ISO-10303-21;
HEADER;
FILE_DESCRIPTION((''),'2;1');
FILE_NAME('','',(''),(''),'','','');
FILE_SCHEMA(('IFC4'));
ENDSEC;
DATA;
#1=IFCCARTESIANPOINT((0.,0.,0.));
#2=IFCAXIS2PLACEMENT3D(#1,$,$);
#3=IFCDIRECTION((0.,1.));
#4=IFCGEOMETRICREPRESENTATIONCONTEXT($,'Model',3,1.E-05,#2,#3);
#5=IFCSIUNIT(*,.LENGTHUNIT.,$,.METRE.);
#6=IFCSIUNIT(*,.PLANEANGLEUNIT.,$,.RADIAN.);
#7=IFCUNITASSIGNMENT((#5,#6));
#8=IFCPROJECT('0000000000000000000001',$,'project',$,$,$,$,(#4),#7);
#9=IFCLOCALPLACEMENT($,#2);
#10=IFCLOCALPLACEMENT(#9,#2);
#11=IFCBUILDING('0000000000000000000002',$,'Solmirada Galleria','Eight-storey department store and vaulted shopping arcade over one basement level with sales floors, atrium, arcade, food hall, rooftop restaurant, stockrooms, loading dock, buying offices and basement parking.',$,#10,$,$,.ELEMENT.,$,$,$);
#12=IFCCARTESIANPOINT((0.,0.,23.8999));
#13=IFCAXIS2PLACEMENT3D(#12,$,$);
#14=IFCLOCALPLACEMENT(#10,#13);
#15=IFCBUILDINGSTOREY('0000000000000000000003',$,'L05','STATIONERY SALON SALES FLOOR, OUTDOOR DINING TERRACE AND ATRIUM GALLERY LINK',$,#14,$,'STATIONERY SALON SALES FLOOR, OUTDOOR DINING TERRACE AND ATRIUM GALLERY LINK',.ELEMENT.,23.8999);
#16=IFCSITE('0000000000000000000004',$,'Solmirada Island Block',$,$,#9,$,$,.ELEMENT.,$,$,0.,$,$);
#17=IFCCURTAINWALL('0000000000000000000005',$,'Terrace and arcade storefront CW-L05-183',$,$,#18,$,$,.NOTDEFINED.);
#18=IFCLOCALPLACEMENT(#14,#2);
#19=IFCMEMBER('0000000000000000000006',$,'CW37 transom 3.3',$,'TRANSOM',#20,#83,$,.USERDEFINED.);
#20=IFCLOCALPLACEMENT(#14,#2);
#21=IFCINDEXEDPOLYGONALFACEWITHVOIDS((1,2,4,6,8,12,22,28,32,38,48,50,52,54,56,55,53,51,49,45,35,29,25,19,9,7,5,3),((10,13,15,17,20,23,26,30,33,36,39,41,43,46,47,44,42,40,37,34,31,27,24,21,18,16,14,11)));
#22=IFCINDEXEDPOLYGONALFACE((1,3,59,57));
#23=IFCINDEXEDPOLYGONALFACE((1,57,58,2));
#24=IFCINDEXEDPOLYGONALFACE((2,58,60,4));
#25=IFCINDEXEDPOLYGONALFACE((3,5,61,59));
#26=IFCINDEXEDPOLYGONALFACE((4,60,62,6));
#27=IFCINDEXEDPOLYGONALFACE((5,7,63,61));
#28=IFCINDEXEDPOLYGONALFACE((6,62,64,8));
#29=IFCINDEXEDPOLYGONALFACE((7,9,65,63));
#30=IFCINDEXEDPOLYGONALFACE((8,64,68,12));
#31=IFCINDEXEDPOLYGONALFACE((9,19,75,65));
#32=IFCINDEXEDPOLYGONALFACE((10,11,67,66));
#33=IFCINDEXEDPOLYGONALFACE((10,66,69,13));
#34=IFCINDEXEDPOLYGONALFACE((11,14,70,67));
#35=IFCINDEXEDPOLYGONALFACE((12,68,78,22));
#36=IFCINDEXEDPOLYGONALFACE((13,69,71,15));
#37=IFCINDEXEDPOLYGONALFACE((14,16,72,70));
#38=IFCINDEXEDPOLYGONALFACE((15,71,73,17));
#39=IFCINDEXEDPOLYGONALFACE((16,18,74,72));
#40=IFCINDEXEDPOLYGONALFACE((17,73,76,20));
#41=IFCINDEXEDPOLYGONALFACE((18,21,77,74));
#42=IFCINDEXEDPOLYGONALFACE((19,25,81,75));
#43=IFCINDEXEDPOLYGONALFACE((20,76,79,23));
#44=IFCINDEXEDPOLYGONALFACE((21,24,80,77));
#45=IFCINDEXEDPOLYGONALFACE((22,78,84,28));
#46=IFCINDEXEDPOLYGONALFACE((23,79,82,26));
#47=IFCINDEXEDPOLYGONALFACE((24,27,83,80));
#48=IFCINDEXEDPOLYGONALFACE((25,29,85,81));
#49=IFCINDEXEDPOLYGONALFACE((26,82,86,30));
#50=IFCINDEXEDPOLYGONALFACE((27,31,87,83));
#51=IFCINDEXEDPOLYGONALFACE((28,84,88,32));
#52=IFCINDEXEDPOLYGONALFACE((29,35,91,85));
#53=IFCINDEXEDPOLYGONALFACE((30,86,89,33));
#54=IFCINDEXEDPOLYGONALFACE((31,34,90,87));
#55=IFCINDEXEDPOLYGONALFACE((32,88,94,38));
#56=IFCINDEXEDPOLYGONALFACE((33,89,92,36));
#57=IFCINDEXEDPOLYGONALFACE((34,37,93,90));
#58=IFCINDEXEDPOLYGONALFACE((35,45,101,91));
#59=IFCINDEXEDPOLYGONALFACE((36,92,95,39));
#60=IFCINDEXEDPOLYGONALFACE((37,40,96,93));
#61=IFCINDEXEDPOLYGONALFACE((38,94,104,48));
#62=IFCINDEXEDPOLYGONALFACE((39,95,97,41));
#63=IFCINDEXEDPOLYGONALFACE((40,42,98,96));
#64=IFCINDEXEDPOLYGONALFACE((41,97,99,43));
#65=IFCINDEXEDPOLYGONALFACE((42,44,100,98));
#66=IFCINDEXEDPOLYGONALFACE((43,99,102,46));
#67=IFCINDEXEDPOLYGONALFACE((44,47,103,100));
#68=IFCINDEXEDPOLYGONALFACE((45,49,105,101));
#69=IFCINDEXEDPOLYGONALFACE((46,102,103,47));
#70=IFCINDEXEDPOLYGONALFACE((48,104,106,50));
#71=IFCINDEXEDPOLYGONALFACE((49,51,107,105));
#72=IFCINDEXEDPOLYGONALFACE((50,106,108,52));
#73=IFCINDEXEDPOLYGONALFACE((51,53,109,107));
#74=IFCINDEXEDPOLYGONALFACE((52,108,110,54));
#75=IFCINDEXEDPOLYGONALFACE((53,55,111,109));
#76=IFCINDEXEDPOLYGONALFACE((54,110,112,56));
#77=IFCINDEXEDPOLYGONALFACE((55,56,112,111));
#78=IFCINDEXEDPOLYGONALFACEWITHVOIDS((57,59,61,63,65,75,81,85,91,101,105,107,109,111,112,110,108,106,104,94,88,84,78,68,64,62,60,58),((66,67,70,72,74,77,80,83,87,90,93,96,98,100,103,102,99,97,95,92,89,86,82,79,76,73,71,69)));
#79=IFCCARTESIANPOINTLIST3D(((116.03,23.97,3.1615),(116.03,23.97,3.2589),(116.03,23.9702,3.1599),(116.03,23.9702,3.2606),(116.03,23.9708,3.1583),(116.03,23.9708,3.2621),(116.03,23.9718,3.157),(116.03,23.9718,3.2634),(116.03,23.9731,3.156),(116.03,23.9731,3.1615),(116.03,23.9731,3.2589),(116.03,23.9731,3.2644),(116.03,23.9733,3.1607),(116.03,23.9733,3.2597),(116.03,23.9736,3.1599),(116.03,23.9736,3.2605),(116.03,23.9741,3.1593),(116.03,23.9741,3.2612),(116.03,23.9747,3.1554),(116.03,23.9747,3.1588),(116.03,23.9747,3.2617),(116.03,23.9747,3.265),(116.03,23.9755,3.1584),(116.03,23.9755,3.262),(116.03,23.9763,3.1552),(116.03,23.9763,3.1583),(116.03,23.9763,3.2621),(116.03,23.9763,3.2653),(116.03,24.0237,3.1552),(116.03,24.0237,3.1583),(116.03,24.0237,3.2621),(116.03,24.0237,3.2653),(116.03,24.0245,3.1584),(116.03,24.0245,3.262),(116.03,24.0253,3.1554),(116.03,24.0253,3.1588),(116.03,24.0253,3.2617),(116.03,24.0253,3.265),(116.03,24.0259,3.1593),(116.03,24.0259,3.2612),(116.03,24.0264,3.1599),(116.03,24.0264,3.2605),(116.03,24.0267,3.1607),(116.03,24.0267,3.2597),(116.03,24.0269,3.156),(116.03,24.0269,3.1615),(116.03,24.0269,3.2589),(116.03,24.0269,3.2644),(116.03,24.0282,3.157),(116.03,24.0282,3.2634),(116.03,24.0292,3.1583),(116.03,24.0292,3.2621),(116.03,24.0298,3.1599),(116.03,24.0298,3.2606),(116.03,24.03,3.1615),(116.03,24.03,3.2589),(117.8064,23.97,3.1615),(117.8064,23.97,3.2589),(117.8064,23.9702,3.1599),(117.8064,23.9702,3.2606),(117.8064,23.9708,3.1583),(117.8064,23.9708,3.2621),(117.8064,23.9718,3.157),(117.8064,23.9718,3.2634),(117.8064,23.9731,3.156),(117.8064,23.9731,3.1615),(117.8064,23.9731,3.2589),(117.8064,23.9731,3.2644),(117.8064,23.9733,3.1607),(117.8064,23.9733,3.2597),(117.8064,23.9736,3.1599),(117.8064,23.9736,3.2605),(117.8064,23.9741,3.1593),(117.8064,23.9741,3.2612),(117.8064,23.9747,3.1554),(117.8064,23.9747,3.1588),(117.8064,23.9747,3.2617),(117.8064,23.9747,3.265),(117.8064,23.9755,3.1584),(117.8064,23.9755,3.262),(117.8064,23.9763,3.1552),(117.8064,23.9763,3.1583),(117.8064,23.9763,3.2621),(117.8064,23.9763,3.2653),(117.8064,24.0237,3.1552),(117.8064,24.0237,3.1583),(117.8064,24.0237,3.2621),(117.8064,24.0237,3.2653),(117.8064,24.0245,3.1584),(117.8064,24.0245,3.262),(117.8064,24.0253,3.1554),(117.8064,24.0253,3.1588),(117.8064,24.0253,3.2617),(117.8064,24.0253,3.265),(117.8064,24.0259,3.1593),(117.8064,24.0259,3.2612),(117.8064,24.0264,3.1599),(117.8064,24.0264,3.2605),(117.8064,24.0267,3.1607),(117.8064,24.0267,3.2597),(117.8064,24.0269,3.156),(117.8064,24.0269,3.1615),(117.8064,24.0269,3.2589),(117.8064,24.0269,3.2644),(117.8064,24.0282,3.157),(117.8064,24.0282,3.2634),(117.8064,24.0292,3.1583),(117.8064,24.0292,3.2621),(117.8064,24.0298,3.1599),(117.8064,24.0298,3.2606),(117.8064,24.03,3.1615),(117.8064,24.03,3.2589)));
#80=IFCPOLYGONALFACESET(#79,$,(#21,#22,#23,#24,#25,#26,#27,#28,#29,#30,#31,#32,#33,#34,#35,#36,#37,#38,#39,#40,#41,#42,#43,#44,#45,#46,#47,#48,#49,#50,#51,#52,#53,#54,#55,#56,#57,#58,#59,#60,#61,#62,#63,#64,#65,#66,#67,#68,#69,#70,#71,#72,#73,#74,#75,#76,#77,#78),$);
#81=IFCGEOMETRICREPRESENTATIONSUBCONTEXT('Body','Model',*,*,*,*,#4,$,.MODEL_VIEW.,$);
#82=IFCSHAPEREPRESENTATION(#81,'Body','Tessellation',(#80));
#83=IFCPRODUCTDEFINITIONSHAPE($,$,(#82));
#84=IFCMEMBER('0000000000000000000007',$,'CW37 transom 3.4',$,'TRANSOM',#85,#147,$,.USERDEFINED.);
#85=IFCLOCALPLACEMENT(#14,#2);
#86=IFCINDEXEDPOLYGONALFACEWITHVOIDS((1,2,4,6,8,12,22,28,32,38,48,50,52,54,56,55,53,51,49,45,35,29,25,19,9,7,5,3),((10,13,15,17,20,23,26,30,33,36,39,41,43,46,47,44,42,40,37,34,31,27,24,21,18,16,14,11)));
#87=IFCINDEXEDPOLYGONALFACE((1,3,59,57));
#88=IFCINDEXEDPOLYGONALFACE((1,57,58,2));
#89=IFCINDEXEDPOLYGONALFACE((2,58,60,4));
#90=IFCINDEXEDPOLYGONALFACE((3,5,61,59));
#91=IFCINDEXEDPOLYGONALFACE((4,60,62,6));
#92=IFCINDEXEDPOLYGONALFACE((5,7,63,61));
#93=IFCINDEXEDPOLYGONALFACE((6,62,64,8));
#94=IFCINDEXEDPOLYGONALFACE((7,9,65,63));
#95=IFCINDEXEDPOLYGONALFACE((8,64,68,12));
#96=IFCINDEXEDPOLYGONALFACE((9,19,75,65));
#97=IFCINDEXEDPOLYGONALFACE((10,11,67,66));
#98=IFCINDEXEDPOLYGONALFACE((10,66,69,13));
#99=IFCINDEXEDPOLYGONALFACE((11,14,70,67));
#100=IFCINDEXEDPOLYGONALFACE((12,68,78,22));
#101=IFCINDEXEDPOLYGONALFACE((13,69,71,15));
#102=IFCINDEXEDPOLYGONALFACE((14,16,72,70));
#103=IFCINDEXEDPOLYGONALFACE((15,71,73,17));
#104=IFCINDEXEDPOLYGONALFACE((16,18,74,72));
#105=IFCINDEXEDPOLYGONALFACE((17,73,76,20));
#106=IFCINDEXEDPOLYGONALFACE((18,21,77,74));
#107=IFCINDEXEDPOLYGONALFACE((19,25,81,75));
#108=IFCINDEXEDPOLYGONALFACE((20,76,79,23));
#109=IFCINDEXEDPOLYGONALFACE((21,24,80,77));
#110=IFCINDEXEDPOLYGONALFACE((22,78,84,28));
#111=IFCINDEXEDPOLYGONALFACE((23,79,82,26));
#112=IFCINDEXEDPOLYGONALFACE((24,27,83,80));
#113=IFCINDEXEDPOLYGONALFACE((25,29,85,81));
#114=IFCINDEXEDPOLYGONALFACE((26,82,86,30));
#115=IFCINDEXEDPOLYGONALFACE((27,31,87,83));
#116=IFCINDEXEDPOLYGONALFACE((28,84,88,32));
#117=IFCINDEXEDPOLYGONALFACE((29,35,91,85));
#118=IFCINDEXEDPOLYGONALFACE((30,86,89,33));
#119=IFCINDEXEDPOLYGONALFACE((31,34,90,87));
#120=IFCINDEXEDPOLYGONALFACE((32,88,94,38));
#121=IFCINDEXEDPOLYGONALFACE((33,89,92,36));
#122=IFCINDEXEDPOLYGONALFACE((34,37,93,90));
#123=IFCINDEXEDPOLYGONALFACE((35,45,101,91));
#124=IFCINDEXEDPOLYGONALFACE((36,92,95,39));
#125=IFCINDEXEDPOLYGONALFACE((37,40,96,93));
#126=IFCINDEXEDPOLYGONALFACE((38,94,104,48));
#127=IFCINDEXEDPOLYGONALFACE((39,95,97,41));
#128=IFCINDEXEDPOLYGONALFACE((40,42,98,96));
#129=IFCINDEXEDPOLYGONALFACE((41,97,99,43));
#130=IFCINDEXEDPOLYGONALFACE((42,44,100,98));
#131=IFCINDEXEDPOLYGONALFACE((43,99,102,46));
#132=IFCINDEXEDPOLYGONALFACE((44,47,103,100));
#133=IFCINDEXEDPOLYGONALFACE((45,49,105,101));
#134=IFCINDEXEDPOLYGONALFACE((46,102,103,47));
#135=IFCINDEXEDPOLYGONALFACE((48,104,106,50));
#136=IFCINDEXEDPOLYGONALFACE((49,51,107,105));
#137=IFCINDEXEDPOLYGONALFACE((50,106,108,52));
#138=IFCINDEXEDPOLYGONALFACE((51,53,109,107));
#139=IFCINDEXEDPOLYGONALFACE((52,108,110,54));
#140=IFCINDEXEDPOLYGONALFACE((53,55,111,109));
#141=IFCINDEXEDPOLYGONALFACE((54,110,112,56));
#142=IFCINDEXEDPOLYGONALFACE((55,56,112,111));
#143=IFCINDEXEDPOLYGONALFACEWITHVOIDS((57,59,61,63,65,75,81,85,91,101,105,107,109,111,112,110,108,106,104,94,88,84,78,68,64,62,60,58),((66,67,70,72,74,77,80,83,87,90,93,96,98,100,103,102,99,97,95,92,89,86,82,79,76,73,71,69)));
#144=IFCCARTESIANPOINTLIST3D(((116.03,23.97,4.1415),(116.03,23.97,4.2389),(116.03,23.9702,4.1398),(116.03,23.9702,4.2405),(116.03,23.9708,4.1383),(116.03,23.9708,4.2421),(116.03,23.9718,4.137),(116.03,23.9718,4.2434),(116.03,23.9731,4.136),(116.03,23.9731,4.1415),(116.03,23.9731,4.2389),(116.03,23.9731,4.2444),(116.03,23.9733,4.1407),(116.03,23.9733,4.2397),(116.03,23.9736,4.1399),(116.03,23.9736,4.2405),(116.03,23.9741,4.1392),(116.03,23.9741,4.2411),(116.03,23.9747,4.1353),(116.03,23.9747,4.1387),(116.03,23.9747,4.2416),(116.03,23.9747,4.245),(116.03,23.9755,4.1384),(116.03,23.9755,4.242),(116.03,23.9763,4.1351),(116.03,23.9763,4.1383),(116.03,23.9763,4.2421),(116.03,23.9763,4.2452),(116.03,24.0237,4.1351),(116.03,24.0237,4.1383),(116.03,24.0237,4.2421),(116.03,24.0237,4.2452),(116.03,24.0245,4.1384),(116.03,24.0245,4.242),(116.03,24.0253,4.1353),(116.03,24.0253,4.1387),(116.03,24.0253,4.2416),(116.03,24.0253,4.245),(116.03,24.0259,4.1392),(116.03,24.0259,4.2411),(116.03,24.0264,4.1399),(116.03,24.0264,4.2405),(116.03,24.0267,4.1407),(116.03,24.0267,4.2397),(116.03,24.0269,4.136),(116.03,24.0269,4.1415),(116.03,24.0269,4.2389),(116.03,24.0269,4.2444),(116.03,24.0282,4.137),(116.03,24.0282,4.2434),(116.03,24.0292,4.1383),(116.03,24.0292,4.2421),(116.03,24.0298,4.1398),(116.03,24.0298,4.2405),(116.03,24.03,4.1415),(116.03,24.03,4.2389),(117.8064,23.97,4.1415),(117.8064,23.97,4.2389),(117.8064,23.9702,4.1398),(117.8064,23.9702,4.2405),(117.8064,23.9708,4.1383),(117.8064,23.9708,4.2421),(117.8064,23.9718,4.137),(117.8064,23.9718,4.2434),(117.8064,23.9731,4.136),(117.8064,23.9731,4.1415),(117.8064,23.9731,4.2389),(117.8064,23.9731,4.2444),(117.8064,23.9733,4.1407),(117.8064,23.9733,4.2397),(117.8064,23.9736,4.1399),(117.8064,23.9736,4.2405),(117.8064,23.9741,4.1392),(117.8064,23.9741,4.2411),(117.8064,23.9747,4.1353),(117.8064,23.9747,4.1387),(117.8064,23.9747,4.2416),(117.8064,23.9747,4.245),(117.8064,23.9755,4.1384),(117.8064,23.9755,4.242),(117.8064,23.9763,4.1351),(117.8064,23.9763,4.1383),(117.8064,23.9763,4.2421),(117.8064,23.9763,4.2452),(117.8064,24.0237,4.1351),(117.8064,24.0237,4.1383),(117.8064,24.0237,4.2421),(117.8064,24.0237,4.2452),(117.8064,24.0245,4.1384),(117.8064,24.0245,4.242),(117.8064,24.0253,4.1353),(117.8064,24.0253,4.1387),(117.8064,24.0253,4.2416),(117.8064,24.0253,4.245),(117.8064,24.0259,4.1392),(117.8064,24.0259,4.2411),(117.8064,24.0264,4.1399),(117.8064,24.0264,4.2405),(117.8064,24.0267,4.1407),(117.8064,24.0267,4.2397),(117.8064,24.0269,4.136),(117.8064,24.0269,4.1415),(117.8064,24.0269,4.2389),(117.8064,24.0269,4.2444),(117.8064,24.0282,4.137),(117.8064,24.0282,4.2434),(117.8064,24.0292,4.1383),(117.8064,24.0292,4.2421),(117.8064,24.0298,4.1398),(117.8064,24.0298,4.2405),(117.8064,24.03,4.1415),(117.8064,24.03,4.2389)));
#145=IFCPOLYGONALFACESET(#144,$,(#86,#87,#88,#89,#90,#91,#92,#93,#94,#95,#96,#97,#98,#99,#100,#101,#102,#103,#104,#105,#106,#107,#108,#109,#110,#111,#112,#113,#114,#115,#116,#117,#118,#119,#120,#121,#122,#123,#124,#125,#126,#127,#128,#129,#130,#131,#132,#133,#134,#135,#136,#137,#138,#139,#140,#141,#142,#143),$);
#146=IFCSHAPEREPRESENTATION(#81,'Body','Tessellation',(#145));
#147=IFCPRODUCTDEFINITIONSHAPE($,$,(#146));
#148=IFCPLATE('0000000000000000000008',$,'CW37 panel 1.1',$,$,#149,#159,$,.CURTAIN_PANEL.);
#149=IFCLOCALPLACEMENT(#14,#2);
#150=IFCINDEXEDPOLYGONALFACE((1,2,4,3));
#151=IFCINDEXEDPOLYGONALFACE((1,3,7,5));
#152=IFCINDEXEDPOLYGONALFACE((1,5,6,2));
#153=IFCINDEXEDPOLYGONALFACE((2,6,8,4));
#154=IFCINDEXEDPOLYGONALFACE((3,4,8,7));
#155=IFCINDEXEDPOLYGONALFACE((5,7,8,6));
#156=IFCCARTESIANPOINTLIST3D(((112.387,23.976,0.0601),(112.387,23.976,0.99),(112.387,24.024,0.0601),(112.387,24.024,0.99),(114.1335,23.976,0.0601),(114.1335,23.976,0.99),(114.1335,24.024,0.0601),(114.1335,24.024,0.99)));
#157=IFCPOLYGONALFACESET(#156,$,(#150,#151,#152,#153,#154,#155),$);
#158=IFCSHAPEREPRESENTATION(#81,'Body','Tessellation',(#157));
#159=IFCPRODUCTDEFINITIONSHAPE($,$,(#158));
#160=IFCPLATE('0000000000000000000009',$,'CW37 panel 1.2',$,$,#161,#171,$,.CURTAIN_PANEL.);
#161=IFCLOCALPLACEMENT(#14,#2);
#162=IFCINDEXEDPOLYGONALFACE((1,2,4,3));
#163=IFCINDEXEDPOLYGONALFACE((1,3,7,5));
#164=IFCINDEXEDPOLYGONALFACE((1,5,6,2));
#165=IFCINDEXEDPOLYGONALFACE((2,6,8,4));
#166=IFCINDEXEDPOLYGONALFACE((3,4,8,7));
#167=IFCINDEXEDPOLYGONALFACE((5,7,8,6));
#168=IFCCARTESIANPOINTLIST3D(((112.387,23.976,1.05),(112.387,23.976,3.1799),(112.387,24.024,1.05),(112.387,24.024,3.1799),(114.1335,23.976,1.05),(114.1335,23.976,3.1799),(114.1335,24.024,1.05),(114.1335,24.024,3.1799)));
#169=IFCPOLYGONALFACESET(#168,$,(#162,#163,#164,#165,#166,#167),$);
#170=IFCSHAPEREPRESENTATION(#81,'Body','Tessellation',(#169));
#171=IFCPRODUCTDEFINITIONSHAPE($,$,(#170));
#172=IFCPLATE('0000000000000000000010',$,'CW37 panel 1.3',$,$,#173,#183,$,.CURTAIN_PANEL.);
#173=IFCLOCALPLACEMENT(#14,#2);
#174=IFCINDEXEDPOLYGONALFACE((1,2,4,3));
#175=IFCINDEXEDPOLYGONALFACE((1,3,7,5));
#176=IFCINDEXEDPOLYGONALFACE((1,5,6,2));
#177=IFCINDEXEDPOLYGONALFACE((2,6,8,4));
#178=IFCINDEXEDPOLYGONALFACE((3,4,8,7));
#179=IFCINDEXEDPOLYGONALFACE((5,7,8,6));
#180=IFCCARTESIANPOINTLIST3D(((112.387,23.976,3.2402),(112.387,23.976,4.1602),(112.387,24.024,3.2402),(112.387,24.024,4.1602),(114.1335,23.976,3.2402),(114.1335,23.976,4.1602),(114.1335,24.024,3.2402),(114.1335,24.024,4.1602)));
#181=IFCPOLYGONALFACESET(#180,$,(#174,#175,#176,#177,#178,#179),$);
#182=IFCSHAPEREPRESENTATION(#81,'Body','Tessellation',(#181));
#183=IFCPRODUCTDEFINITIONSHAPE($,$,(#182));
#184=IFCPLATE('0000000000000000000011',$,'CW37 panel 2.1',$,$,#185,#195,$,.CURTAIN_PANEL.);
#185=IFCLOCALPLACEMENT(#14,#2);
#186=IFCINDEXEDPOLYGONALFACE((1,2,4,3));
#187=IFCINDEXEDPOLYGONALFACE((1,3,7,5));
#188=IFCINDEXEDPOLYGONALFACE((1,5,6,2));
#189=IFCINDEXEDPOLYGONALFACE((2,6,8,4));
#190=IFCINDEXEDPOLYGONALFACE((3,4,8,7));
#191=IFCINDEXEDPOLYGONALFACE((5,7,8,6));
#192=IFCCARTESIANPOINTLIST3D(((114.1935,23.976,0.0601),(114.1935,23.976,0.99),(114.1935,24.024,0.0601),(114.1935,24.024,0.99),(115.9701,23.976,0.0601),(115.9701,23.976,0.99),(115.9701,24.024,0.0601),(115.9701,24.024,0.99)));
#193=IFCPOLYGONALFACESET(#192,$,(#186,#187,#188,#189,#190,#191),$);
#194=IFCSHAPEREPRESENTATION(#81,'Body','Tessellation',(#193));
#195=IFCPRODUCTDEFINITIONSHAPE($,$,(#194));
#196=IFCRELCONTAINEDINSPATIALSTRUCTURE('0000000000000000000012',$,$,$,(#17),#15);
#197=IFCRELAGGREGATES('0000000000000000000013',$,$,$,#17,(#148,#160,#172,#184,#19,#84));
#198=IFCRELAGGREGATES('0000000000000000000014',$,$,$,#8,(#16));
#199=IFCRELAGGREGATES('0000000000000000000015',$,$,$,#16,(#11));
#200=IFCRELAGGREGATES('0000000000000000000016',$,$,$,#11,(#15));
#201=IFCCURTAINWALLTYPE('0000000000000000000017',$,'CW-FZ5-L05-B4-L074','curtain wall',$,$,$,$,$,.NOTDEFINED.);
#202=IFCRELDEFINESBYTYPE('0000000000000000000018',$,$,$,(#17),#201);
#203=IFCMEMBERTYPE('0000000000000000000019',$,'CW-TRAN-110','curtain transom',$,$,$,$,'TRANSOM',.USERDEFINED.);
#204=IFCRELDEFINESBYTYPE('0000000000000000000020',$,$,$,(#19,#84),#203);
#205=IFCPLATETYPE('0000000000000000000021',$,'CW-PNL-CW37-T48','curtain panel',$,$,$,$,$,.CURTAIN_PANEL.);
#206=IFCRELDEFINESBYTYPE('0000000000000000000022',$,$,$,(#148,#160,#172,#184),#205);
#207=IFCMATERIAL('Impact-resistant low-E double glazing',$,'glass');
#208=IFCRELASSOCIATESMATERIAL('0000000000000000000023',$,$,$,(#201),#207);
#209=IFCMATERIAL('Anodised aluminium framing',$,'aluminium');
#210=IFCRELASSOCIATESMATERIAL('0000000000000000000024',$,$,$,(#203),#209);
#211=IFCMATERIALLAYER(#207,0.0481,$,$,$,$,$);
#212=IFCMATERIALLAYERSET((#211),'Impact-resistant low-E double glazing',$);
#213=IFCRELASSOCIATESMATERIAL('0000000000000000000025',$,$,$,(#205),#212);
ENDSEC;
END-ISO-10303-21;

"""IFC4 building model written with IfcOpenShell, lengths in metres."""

from ifc_helpers import new_model, si_unit, direction, frame, origin, origin_2d, place, context, subcontext, project, spatial, rectangle, hollow_rectangle, extrude, material, layer, layer_set, material_profile, profile_set, type_object, element, aggregate, save


model = new_model("IFC4")

# Units and contexts
model_context = context("Model", 3, precision=1e-05, world=origin(), true_north=direction((0.0, 1.0)))
body_context = subcontext(model_context, "Body", "Model", "MODEL_VIEW")
ifc_project = project(units=[si_unit("LENGTHUNIT", "METRE"), si_unit("PLANEANGLEUNIT", "RADIAN")], contexts=[model_context])

# Site, building, storey
site_placement = place(None, origin())
site = spatial("IfcSite", under=ifc_project, at=site_placement, Name="Solmirada Island Block", CompositionType="ELEMENT", RefElevation=0.0)
building_placement = place(site_placement, origin())
building = spatial("IfcBuilding", under=site, at=building_placement, Name="Solmirada Galleria", Description="Eight-storey department store and vaulted shopping arcade over one basement level with sales floors, atrium, arcade, food hall, rooftop restaurant, stockrooms, loading dock, buying offices and basement parking.", CompositionType="ELEMENT")
storey_placement = place(building_placement, frame((0.0, 0.0, 23.8999)))
storey = spatial("IfcBuildingStorey", under=building, at=storey_placement, Name="L05", Description="STATIONERY SALON SALES FLOOR, OUTDOOR DINING TERRACE AND ATRIUM GALLERY LINK", LongName="STATIONERY SALON SALES FLOOR, OUTDOOR DINING TERRACE AND ATRIUM GALLERY LINK", CompositionType="ELEMENT", Elevation=23.8999)

# Curtain wall, members, plates
ifc_material_1 = material(Name="Impact-resistant low-E double glazing", Category="glass")
curtain_wall_type = type_object("IfcCurtainWallType", Name="CW-FZ5-L05-B4-L074", Description="curtain wall", PredefinedType="NOTDEFINED", material=ifc_material_1)
curtain_wall_placement = place(storey_placement, origin())
curtain_wall = element("IfcCurtainWall", 1, at=curtain_wall_placement, inside=storey, type_object=curtain_wall_type, Name="Terrace and arcade storefront CW-L05-183", PredefinedType="NOTDEFINED")
ifc_material_2 = material(Name="Anodised aluminium framing", Category="aluminium")
ifc_material_profile_1 = material_profile(ifc_material_2, hollow_rectangle(XDim=0.0601, YDim=0.1101, WallThickness=0.0032, InnerFilletRadius=0.0032, OuterFilletRadius=0.0063, at=origin_2d()), Name="ALU-TRAN-110X60")
ifc_profile_set_1 = profile_set([ifc_material_profile_1], Name="Anodised aluminium framing")
member_type_1 = type_object("IfcMemberType", Name="CW-TRAN-110", Description="curtain transom", ElementType="TRANSOM", PredefinedType="USERDEFINED", material=ifc_profile_set_1)
member_1_placement = place(storey_placement, frame((116.03, 24.0, 3.2102), z_axis=(1.0, 0.0, 0.0), x_axis=(0.0, 1.0, 0.0)))
member_1 = element("IfcMember", 2, at=member_1_placement, type_object=member_type_1, Name="CW37 transom 3.3", ObjectType="TRANSOM", PredefinedType="USERDEFINED", context=body_context, shape_type="SweptSolid", body=[
    extrude(hollow_rectangle(XDim=0.0601, YDim=0.1101, WallThickness=0.0032, InnerFilletRadius=0.0032, OuterFilletRadius=0.0063, at=origin_2d()), origin(), (0.0, 0.0, 1.0), 1.7764),
])
member_2_placement = place(storey_placement, frame((116.03, 24.0, 4.1902), z_axis=(1.0, 0.0, 0.0), x_axis=(0.0, 1.0, 0.0)))
member_2 = element("IfcMember", 3, at=member_2_placement, type_object=member_type_1, Name="CW37 transom 3.4", ObjectType="TRANSOM", PredefinedType="USERDEFINED", context=body_context, shape_type="SweptSolid", body=[
    extrude(hollow_rectangle(XDim=0.0601, YDim=0.1101, WallThickness=0.0032, InnerFilletRadius=0.0032, OuterFilletRadius=0.0063, at=origin_2d()), origin(), (0.0, 0.0, 1.0), 1.7764),
])
ifc_layer = layer(ifc_material_1, 0.0481)
ifc_layer_set = layer_set([ifc_layer], Name="Impact-resistant low-E double glazing")
plate_type = type_object("IfcPlateType", Name="CW-PNL-CW37-T48", Description="curtain panel", PredefinedType="CURTAIN_PANEL", material=ifc_layer_set)
plate_1_placement = place(storey_placement, frame((113.2603, 24.0, 0.0601), z_axis=(0.0, 0.0, 1.0), x_axis=(1.0, 0.0, 0.0)))
plate_1 = element("IfcPlate", 4, at=plate_1_placement, type_object=plate_type, Name="CW37 panel 1.1", PredefinedType="CURTAIN_PANEL", context=body_context, shape_type="SweptSolid", body=[
    extrude(rectangle(XDim=1.7466, YDim=0.0481, at=origin_2d()), origin(), (0.0, 0.0, 1.0), 0.9299),
])
plate_2_placement = place(storey_placement, frame((113.2603, 24.0, 1.05), z_axis=(0.0, 0.0, 1.0), x_axis=(1.0, 0.0, 0.0)))
plate_2 = element("IfcPlate", 5, at=plate_2_placement, type_object=plate_type, Name="CW37 panel 1.2", PredefinedType="CURTAIN_PANEL", context=body_context, shape_type="SweptSolid", body=[
    extrude(rectangle(XDim=1.7466, YDim=0.0481, at=origin_2d()), origin(), (0.0, 0.0, 1.0), 2.1299),
])
plate_3_placement = place(storey_placement, frame((113.2603, 24.0, 3.2402), z_axis=(0.0, 0.0, 1.0), x_axis=(1.0, 0.0, 0.0)))
plate_3 = element("IfcPlate", 6, at=plate_3_placement, type_object=plate_type, Name="CW37 panel 1.3", PredefinedType="CURTAIN_PANEL", context=body_context, shape_type="SweptSolid", body=[
    extrude(rectangle(XDim=1.7466, YDim=0.0481, at=origin_2d()), origin(), (0.0, 0.0, 1.0), 0.9199),
])
plate_4_placement = place(storey_placement, frame((115.0818, 24.0, 0.0601), z_axis=(0.0, 0.0, 1.0), x_axis=(1.0, 0.0, 0.0)))
plate_4 = element("IfcPlate", 7, at=plate_4_placement, type_object=plate_type, Name="CW37 panel 2.1", PredefinedType="CURTAIN_PANEL", context=body_context, shape_type="SweptSolid", body=[
    extrude(rectangle(XDim=1.7766, YDim=0.0481, at=origin_2d()), origin(), (0.0, 0.0, 1.0), 0.9299),
])
aggregate(curtain_wall, [plate_1, plate_2, plate_3, plate_4, member_1, member_2])

save(model, "model.ifc")
